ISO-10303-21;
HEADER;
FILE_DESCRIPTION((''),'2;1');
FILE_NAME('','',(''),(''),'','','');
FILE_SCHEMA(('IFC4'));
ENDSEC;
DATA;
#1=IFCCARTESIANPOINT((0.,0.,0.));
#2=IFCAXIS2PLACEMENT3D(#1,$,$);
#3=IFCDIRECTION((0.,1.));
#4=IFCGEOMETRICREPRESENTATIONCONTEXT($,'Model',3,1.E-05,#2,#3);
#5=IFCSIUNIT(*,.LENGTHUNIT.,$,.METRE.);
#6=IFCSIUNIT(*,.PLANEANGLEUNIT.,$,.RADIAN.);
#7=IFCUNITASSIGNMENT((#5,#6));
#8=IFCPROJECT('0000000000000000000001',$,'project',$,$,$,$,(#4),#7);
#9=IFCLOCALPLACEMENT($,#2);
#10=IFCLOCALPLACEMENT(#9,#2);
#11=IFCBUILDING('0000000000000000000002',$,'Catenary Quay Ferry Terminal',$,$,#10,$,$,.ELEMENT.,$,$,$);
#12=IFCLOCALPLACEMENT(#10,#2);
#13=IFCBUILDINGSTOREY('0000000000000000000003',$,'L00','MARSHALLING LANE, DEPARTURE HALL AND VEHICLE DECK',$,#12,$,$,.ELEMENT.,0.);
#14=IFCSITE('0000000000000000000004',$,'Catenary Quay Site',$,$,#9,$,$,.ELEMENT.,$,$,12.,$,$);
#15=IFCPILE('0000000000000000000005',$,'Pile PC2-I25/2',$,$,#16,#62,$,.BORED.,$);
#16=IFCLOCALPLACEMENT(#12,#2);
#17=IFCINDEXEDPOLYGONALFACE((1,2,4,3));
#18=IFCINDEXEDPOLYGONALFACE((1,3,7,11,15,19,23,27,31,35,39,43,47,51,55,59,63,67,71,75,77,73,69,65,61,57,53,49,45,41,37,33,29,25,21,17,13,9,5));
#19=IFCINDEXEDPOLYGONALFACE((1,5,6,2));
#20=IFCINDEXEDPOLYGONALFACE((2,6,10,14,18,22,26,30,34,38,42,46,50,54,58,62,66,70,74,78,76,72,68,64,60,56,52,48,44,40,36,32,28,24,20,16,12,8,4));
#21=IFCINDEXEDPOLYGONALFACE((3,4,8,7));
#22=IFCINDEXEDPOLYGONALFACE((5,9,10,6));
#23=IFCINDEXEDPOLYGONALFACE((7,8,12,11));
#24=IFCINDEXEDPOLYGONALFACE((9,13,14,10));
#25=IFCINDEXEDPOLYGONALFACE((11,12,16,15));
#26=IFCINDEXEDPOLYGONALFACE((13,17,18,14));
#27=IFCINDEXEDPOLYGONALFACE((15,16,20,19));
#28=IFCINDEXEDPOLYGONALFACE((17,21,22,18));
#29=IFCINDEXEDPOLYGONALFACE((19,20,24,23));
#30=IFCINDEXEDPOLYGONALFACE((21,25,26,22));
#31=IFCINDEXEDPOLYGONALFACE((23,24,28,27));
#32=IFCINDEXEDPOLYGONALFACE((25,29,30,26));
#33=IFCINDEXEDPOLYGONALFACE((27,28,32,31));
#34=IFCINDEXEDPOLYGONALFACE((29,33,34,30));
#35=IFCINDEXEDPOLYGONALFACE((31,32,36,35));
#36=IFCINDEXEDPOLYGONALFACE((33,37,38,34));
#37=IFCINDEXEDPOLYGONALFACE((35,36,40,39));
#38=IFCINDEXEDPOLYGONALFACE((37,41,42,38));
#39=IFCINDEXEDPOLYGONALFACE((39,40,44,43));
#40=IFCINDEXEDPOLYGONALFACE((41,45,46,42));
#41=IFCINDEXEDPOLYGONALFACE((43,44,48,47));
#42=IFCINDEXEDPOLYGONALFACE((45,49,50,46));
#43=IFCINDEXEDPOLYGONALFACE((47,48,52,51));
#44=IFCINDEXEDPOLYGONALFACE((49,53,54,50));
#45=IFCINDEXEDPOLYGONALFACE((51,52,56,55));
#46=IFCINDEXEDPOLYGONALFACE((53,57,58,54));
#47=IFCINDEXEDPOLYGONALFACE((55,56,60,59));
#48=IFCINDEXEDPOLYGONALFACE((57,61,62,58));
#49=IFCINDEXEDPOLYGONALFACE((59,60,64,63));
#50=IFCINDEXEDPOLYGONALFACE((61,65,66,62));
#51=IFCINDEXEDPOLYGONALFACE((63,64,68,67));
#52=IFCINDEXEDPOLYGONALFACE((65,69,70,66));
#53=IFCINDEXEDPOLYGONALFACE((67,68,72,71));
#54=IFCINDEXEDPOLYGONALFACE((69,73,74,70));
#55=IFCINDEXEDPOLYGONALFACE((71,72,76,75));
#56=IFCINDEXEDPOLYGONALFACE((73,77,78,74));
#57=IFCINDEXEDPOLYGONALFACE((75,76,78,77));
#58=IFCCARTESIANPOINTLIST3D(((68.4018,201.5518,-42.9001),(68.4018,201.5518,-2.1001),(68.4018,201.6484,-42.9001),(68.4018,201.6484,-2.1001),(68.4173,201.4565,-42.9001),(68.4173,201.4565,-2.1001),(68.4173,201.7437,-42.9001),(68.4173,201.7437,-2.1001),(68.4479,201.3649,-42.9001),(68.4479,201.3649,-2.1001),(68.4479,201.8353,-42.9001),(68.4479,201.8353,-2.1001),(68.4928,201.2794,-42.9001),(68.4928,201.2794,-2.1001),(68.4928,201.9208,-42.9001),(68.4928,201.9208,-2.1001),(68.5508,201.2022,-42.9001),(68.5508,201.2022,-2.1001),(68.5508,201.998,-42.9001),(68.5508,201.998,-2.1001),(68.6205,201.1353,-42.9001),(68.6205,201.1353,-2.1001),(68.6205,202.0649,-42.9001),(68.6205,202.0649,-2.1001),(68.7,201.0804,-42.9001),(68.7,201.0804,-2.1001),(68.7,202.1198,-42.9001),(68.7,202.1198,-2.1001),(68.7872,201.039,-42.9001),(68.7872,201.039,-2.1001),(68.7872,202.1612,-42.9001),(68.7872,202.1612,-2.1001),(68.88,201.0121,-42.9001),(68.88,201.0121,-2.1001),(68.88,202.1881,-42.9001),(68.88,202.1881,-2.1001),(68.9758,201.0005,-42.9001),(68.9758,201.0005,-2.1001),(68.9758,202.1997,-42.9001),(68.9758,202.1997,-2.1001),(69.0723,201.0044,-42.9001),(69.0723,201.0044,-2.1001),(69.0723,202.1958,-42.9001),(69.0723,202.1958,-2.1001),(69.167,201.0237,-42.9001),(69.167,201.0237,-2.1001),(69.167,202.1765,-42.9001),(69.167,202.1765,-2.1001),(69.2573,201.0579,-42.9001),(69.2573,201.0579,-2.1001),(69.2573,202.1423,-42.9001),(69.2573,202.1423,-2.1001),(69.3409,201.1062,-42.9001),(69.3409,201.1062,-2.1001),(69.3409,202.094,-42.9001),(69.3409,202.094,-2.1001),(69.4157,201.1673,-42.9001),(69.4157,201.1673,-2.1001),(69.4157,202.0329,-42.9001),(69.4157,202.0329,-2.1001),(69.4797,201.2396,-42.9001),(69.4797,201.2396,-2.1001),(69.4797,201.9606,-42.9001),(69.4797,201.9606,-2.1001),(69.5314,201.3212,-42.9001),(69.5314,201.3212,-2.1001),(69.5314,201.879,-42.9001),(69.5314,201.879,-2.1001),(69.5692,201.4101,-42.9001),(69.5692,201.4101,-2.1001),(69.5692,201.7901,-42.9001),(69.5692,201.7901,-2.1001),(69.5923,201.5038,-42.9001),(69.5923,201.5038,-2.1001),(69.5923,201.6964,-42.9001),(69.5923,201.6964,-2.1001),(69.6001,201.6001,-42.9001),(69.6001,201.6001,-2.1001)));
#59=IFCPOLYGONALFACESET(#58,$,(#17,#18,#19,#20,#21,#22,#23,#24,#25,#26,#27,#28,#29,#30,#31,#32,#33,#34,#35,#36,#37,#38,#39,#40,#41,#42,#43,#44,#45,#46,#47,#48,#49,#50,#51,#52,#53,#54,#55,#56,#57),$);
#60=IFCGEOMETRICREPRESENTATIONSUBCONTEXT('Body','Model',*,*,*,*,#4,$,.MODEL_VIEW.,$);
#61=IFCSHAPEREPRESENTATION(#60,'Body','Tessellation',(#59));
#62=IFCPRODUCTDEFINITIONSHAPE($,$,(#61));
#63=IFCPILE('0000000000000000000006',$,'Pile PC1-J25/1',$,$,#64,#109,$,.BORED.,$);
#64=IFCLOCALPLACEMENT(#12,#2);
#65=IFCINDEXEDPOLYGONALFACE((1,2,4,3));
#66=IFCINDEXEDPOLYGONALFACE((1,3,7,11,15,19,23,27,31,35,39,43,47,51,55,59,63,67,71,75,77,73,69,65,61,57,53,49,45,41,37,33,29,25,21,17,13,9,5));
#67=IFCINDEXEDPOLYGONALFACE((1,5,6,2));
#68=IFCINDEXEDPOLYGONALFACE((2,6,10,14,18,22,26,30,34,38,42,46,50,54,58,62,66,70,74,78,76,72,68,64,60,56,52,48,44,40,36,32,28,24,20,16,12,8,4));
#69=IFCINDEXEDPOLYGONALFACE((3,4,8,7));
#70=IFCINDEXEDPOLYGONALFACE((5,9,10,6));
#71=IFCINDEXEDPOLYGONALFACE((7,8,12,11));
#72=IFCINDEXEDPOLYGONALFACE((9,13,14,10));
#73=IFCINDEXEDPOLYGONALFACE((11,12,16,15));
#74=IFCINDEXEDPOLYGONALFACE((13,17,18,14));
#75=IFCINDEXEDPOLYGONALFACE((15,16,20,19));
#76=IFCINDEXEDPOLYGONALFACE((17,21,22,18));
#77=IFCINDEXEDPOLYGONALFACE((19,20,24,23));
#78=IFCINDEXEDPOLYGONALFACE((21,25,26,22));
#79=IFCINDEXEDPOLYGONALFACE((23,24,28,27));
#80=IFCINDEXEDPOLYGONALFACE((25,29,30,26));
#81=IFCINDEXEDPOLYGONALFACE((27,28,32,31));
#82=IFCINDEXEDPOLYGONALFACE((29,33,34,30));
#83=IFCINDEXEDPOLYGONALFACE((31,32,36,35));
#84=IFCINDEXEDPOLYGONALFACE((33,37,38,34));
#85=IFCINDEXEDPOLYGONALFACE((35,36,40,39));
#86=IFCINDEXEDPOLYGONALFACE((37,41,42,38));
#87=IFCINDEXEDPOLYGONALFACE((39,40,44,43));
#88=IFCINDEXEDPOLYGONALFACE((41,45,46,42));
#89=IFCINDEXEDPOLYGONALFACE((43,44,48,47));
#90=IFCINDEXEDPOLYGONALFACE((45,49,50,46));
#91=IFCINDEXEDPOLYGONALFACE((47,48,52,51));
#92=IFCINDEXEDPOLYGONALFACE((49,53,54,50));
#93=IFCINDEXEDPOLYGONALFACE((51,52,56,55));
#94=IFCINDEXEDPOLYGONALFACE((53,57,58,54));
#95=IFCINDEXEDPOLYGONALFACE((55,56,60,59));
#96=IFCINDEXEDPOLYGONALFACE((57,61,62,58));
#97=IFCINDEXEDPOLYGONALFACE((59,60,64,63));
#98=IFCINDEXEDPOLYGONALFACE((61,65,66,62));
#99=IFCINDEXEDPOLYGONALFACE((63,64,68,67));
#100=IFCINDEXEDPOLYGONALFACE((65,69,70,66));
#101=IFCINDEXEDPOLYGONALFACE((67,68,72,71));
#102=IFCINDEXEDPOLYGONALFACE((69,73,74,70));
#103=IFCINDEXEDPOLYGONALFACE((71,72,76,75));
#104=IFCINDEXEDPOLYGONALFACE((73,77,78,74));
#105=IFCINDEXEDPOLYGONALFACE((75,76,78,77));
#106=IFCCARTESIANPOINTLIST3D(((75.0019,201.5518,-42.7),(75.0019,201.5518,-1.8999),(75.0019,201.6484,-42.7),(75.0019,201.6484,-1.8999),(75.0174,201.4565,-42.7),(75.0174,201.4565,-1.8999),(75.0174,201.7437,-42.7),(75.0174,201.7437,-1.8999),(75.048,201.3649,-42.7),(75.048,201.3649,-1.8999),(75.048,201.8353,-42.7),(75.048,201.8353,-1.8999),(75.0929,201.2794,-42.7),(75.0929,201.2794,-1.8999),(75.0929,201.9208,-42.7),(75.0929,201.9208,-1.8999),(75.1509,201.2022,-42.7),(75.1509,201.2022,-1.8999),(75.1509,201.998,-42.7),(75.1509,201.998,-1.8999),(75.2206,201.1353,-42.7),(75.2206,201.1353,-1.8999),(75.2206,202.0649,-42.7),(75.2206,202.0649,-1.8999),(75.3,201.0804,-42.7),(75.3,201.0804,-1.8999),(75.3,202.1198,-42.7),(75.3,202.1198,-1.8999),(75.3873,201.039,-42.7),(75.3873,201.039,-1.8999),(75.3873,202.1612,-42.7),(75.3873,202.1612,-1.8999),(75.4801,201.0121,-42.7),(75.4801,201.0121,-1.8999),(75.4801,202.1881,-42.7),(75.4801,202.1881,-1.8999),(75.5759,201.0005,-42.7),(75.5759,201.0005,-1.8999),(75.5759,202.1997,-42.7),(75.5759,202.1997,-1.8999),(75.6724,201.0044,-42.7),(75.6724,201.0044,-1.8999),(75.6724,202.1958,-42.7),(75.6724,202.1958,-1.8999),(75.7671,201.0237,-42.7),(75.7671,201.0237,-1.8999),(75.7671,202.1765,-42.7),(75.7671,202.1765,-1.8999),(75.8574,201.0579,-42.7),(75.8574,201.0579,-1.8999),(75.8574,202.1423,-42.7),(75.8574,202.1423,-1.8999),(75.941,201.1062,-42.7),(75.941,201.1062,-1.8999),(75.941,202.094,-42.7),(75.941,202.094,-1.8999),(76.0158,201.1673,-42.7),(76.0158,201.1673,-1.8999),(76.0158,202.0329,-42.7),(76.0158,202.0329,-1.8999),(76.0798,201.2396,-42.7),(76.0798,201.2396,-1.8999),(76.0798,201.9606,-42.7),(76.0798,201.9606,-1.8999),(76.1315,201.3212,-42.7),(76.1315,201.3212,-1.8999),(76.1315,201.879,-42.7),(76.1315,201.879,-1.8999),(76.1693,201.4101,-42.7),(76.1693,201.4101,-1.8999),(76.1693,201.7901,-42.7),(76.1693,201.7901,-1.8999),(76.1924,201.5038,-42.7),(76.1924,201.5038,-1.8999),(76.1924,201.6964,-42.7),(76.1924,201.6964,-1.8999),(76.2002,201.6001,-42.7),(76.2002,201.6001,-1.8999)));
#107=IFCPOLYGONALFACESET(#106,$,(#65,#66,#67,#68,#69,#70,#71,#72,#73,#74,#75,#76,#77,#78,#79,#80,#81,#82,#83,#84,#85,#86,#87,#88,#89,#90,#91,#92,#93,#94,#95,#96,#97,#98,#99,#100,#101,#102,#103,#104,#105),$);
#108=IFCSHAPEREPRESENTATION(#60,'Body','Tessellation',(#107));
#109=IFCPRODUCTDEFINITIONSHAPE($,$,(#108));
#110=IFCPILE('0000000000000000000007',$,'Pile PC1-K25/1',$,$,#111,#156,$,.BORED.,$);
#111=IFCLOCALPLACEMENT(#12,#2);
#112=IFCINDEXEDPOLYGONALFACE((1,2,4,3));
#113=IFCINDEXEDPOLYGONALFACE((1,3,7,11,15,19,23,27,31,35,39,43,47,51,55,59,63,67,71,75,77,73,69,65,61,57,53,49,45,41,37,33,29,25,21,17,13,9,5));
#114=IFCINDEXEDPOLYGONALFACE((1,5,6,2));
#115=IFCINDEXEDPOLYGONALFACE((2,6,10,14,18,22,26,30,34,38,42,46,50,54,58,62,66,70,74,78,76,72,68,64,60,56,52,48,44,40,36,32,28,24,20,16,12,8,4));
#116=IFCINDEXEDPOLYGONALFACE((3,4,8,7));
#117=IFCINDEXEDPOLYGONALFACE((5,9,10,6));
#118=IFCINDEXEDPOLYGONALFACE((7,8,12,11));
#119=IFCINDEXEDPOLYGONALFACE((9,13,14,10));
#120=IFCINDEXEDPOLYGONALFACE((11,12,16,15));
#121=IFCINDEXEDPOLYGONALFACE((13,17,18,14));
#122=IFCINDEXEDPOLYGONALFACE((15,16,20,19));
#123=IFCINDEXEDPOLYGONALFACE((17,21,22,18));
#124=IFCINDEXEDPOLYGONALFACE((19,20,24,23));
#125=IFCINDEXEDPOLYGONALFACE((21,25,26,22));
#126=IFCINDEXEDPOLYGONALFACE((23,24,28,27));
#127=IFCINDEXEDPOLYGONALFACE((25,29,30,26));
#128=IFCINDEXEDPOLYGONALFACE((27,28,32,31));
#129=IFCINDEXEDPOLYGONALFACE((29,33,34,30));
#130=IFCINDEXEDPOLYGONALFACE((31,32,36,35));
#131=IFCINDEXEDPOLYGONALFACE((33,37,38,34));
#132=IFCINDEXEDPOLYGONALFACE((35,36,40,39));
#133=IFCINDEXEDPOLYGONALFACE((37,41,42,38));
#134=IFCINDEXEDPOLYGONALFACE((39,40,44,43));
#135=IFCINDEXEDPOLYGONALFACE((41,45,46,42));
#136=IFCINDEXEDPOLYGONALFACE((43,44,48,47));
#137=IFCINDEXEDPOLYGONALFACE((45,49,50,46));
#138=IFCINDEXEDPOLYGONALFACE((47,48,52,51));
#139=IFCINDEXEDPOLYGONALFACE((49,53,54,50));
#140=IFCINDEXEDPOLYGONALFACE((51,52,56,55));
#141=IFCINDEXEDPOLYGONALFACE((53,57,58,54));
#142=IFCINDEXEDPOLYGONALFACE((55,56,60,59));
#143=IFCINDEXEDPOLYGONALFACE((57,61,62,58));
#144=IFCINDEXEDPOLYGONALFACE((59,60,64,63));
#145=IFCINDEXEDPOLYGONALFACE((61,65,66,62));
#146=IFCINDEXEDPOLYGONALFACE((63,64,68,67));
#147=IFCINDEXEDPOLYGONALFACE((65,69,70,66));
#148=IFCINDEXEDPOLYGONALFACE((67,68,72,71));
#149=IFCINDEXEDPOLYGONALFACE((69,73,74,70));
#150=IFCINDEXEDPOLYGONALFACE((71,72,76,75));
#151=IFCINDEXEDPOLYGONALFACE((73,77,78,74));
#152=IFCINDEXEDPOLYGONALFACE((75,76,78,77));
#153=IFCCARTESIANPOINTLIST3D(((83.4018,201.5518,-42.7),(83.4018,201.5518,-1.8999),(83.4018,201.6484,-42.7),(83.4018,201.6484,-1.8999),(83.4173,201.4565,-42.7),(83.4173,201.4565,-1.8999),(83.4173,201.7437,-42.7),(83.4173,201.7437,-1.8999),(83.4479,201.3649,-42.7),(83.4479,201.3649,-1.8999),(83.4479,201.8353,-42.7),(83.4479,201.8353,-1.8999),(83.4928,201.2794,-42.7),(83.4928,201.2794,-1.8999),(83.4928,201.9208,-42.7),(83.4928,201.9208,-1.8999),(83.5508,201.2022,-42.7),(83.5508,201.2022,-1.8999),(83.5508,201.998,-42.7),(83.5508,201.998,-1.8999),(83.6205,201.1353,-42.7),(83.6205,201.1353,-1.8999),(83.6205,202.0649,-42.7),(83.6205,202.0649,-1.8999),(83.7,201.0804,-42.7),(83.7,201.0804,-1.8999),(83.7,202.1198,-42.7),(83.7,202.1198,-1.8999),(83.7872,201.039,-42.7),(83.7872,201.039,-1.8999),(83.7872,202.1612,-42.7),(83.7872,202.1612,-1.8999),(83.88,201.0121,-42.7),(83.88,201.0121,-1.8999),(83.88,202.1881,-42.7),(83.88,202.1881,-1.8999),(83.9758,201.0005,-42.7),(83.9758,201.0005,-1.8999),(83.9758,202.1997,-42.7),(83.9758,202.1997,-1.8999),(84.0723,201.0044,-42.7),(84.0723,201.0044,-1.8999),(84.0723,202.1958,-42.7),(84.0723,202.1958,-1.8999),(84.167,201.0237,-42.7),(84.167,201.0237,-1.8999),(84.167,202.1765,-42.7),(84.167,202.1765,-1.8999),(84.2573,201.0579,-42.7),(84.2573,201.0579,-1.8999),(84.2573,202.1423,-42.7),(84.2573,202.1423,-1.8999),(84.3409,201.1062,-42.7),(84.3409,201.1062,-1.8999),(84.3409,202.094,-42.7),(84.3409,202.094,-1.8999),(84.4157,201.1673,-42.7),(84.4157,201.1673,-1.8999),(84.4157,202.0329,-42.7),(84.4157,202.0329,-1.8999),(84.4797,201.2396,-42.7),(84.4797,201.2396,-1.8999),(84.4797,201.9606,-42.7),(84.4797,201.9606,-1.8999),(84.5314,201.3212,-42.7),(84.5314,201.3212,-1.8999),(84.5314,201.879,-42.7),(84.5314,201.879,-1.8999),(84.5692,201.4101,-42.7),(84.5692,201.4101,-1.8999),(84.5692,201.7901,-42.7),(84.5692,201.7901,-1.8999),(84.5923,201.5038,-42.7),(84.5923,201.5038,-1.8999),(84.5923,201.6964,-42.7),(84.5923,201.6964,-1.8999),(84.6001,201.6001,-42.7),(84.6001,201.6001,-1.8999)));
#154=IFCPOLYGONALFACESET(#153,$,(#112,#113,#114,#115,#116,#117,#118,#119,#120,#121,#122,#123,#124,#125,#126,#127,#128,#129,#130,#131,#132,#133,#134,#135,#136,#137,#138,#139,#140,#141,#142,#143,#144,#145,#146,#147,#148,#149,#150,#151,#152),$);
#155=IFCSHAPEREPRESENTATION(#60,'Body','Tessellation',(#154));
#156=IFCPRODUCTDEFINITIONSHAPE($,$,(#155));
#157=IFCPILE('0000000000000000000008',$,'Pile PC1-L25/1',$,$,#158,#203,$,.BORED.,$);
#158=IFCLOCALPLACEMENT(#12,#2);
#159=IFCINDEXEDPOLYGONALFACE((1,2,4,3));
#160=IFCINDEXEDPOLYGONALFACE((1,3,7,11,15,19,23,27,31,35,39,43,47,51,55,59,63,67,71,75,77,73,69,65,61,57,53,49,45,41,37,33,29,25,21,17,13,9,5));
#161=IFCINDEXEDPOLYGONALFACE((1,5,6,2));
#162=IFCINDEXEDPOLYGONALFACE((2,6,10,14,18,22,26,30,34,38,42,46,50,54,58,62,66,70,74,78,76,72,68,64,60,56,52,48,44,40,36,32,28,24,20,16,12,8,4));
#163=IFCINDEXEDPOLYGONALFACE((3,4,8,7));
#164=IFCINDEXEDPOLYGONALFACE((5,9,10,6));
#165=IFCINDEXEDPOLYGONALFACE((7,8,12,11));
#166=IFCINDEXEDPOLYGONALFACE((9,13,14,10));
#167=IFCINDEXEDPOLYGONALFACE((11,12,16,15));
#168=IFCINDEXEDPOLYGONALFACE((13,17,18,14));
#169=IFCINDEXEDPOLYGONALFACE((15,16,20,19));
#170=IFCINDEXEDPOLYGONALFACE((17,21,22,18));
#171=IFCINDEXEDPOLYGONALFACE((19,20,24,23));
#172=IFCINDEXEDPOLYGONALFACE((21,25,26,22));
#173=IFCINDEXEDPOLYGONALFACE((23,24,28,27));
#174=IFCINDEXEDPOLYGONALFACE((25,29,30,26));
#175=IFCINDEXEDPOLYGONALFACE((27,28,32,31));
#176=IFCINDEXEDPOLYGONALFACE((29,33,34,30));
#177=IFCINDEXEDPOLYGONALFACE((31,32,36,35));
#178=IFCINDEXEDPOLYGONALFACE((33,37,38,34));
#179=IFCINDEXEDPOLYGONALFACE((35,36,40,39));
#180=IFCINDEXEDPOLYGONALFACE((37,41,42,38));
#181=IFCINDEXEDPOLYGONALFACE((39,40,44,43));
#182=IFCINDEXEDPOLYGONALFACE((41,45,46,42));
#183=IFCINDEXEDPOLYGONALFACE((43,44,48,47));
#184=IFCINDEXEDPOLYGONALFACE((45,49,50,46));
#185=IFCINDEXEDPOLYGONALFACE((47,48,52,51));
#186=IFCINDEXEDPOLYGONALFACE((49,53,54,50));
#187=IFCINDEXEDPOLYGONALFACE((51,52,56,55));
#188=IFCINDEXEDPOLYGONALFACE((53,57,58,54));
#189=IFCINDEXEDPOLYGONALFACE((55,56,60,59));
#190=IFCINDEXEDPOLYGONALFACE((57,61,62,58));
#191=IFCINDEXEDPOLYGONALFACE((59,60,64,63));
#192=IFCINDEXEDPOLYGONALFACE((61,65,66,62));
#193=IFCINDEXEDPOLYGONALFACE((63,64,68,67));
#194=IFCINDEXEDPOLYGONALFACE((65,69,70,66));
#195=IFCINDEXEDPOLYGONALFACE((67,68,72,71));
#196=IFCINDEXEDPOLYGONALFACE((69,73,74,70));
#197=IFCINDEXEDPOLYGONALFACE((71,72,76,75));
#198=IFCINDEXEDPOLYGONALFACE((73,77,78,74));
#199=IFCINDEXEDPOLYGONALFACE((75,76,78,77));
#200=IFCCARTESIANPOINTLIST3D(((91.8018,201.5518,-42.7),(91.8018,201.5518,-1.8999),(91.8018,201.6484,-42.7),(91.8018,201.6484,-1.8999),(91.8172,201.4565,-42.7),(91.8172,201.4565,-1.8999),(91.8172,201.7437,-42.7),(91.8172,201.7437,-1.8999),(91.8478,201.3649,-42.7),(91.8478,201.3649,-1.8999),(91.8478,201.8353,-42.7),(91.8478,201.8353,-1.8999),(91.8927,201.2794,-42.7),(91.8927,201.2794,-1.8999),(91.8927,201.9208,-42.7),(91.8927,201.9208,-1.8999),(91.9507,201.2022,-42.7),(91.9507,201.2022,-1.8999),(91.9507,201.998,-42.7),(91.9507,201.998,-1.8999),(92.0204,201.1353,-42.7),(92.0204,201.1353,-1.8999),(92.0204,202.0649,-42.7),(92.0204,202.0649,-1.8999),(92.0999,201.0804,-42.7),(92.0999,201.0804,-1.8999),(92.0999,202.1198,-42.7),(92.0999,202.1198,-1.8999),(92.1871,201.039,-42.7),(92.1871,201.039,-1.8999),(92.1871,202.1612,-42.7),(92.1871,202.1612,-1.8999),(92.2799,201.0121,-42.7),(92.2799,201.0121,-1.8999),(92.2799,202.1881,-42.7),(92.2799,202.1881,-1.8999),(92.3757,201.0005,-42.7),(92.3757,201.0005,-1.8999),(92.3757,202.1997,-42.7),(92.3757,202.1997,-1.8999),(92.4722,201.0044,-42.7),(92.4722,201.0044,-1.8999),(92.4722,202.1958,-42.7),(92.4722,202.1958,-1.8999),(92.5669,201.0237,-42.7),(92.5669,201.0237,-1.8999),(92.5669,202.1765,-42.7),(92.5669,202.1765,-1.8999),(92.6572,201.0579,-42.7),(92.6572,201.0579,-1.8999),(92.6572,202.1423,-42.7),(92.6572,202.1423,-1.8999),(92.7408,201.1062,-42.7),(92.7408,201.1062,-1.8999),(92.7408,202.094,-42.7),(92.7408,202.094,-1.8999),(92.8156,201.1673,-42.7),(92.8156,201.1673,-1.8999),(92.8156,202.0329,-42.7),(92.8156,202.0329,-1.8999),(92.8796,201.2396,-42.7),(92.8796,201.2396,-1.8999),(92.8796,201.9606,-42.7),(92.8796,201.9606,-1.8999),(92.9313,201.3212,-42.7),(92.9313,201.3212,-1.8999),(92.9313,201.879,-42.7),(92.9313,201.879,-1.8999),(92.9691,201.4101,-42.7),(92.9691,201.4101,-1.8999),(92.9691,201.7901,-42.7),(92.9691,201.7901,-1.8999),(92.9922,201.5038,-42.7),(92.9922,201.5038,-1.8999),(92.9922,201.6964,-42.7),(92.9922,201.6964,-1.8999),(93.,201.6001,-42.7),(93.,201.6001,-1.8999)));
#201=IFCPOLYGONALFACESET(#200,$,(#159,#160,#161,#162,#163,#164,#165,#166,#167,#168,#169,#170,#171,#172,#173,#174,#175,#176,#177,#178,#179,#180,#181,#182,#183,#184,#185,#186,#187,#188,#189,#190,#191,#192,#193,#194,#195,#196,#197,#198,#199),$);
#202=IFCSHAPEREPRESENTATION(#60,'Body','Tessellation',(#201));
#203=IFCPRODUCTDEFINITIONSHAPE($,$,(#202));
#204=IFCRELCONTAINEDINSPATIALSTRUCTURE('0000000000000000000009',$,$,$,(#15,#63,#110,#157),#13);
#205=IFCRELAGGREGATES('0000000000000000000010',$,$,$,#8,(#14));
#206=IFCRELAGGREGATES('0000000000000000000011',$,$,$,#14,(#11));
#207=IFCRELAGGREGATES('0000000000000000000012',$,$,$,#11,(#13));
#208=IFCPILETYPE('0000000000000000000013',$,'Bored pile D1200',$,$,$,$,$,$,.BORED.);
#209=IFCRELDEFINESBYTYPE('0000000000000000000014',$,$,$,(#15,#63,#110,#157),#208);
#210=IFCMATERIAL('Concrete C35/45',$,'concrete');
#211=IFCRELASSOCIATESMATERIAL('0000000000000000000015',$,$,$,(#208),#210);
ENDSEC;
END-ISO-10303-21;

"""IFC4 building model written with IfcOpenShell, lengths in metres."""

from ifc_helpers import new_model, si_unit, direction, frame, origin, origin_2d, place, context, subcontext, project, spatial, circle, extrude, material, material_profile, profile_set, type_object, element, save


model = new_model("IFC4")

# Units and contexts
model_context = context("Model", 3, precision=1e-05, world=origin(), true_north=direction((0.0, 1.0)))
body_context = subcontext(model_context, "Body", "Model", "MODEL_VIEW")
ifc_project = project(units=[si_unit("LENGTHUNIT", "METRE"), si_unit("PLANEANGLEUNIT", "RADIAN")], contexts=[model_context])

# Site, building, storey
site_placement = place(None, origin())
site = spatial("IfcSite", under=ifc_project, at=site_placement, Name="Catenary Quay Site", CompositionType="ELEMENT", RefElevation=12.0)
building_placement = place(site_placement, origin())
building = spatial("IfcBuilding", under=site, at=building_placement, Name="Catenary Quay Ferry Terminal", CompositionType="ELEMENT")
storey_placement = place(building_placement, origin())
storey = spatial("IfcBuildingStorey", under=building, at=storey_placement, Name="L00", Description="MARSHALLING LANE, DEPARTURE HALL AND VEHICLE DECK", CompositionType="ELEMENT", Elevation=0.0)

# Piles
ifc_material_1 = material(Name="Concrete C35/45", Category="concrete")
ifc_material_profile = material_profile(ifc_material_1, circle(Radius=0.6001, at=origin_2d()), Name="D1200")
ifc_profile_set = profile_set([ifc_material_profile], Name="Concrete C35/45")
pile_type = type_object("IfcPileType", Name="Bored pile D1200", PredefinedType="BORED", material=ifc_profile_set)
for number, where, z_axis, x_axis, name in (
    (1, (69.0, 201.6001, -2.1001), (0.0, 0.0, -1.0), (1.0, 0.0, 0.0), "Pile PC2-I25/2"),
    (2, (75.6001, 201.6001, -1.8999), (0.0, 0.0, -1.0), (1.0, 0.0, 0.0), "Pile PC1-J25/1"),
    (3, (84.0, 201.6001, -1.8999), (0.0, 0.0, -1.0), (1.0, 0.0, 0.0), "Pile PC1-K25/1"),
    (4, (92.3999, 201.6001, -1.8999), (0.0, 0.0, -1.0), (1.0, 0.0, 0.0), "Pile PC1-L25/1"),
):
    element("IfcPile", number, at=place(storey_placement, frame(where, z_axis=z_axis, x_axis=x_axis)), inside=storey, type_object=pile_type, Name=name, PredefinedType="BORED", context=body_context, shape_type="SweptSolid", body=[
        extrude(circle(Radius=0.6001, at=origin_2d()), origin(), (0.0, 0.0, 1.0), 40.8),
    ])

save(model, "model.ifc")
